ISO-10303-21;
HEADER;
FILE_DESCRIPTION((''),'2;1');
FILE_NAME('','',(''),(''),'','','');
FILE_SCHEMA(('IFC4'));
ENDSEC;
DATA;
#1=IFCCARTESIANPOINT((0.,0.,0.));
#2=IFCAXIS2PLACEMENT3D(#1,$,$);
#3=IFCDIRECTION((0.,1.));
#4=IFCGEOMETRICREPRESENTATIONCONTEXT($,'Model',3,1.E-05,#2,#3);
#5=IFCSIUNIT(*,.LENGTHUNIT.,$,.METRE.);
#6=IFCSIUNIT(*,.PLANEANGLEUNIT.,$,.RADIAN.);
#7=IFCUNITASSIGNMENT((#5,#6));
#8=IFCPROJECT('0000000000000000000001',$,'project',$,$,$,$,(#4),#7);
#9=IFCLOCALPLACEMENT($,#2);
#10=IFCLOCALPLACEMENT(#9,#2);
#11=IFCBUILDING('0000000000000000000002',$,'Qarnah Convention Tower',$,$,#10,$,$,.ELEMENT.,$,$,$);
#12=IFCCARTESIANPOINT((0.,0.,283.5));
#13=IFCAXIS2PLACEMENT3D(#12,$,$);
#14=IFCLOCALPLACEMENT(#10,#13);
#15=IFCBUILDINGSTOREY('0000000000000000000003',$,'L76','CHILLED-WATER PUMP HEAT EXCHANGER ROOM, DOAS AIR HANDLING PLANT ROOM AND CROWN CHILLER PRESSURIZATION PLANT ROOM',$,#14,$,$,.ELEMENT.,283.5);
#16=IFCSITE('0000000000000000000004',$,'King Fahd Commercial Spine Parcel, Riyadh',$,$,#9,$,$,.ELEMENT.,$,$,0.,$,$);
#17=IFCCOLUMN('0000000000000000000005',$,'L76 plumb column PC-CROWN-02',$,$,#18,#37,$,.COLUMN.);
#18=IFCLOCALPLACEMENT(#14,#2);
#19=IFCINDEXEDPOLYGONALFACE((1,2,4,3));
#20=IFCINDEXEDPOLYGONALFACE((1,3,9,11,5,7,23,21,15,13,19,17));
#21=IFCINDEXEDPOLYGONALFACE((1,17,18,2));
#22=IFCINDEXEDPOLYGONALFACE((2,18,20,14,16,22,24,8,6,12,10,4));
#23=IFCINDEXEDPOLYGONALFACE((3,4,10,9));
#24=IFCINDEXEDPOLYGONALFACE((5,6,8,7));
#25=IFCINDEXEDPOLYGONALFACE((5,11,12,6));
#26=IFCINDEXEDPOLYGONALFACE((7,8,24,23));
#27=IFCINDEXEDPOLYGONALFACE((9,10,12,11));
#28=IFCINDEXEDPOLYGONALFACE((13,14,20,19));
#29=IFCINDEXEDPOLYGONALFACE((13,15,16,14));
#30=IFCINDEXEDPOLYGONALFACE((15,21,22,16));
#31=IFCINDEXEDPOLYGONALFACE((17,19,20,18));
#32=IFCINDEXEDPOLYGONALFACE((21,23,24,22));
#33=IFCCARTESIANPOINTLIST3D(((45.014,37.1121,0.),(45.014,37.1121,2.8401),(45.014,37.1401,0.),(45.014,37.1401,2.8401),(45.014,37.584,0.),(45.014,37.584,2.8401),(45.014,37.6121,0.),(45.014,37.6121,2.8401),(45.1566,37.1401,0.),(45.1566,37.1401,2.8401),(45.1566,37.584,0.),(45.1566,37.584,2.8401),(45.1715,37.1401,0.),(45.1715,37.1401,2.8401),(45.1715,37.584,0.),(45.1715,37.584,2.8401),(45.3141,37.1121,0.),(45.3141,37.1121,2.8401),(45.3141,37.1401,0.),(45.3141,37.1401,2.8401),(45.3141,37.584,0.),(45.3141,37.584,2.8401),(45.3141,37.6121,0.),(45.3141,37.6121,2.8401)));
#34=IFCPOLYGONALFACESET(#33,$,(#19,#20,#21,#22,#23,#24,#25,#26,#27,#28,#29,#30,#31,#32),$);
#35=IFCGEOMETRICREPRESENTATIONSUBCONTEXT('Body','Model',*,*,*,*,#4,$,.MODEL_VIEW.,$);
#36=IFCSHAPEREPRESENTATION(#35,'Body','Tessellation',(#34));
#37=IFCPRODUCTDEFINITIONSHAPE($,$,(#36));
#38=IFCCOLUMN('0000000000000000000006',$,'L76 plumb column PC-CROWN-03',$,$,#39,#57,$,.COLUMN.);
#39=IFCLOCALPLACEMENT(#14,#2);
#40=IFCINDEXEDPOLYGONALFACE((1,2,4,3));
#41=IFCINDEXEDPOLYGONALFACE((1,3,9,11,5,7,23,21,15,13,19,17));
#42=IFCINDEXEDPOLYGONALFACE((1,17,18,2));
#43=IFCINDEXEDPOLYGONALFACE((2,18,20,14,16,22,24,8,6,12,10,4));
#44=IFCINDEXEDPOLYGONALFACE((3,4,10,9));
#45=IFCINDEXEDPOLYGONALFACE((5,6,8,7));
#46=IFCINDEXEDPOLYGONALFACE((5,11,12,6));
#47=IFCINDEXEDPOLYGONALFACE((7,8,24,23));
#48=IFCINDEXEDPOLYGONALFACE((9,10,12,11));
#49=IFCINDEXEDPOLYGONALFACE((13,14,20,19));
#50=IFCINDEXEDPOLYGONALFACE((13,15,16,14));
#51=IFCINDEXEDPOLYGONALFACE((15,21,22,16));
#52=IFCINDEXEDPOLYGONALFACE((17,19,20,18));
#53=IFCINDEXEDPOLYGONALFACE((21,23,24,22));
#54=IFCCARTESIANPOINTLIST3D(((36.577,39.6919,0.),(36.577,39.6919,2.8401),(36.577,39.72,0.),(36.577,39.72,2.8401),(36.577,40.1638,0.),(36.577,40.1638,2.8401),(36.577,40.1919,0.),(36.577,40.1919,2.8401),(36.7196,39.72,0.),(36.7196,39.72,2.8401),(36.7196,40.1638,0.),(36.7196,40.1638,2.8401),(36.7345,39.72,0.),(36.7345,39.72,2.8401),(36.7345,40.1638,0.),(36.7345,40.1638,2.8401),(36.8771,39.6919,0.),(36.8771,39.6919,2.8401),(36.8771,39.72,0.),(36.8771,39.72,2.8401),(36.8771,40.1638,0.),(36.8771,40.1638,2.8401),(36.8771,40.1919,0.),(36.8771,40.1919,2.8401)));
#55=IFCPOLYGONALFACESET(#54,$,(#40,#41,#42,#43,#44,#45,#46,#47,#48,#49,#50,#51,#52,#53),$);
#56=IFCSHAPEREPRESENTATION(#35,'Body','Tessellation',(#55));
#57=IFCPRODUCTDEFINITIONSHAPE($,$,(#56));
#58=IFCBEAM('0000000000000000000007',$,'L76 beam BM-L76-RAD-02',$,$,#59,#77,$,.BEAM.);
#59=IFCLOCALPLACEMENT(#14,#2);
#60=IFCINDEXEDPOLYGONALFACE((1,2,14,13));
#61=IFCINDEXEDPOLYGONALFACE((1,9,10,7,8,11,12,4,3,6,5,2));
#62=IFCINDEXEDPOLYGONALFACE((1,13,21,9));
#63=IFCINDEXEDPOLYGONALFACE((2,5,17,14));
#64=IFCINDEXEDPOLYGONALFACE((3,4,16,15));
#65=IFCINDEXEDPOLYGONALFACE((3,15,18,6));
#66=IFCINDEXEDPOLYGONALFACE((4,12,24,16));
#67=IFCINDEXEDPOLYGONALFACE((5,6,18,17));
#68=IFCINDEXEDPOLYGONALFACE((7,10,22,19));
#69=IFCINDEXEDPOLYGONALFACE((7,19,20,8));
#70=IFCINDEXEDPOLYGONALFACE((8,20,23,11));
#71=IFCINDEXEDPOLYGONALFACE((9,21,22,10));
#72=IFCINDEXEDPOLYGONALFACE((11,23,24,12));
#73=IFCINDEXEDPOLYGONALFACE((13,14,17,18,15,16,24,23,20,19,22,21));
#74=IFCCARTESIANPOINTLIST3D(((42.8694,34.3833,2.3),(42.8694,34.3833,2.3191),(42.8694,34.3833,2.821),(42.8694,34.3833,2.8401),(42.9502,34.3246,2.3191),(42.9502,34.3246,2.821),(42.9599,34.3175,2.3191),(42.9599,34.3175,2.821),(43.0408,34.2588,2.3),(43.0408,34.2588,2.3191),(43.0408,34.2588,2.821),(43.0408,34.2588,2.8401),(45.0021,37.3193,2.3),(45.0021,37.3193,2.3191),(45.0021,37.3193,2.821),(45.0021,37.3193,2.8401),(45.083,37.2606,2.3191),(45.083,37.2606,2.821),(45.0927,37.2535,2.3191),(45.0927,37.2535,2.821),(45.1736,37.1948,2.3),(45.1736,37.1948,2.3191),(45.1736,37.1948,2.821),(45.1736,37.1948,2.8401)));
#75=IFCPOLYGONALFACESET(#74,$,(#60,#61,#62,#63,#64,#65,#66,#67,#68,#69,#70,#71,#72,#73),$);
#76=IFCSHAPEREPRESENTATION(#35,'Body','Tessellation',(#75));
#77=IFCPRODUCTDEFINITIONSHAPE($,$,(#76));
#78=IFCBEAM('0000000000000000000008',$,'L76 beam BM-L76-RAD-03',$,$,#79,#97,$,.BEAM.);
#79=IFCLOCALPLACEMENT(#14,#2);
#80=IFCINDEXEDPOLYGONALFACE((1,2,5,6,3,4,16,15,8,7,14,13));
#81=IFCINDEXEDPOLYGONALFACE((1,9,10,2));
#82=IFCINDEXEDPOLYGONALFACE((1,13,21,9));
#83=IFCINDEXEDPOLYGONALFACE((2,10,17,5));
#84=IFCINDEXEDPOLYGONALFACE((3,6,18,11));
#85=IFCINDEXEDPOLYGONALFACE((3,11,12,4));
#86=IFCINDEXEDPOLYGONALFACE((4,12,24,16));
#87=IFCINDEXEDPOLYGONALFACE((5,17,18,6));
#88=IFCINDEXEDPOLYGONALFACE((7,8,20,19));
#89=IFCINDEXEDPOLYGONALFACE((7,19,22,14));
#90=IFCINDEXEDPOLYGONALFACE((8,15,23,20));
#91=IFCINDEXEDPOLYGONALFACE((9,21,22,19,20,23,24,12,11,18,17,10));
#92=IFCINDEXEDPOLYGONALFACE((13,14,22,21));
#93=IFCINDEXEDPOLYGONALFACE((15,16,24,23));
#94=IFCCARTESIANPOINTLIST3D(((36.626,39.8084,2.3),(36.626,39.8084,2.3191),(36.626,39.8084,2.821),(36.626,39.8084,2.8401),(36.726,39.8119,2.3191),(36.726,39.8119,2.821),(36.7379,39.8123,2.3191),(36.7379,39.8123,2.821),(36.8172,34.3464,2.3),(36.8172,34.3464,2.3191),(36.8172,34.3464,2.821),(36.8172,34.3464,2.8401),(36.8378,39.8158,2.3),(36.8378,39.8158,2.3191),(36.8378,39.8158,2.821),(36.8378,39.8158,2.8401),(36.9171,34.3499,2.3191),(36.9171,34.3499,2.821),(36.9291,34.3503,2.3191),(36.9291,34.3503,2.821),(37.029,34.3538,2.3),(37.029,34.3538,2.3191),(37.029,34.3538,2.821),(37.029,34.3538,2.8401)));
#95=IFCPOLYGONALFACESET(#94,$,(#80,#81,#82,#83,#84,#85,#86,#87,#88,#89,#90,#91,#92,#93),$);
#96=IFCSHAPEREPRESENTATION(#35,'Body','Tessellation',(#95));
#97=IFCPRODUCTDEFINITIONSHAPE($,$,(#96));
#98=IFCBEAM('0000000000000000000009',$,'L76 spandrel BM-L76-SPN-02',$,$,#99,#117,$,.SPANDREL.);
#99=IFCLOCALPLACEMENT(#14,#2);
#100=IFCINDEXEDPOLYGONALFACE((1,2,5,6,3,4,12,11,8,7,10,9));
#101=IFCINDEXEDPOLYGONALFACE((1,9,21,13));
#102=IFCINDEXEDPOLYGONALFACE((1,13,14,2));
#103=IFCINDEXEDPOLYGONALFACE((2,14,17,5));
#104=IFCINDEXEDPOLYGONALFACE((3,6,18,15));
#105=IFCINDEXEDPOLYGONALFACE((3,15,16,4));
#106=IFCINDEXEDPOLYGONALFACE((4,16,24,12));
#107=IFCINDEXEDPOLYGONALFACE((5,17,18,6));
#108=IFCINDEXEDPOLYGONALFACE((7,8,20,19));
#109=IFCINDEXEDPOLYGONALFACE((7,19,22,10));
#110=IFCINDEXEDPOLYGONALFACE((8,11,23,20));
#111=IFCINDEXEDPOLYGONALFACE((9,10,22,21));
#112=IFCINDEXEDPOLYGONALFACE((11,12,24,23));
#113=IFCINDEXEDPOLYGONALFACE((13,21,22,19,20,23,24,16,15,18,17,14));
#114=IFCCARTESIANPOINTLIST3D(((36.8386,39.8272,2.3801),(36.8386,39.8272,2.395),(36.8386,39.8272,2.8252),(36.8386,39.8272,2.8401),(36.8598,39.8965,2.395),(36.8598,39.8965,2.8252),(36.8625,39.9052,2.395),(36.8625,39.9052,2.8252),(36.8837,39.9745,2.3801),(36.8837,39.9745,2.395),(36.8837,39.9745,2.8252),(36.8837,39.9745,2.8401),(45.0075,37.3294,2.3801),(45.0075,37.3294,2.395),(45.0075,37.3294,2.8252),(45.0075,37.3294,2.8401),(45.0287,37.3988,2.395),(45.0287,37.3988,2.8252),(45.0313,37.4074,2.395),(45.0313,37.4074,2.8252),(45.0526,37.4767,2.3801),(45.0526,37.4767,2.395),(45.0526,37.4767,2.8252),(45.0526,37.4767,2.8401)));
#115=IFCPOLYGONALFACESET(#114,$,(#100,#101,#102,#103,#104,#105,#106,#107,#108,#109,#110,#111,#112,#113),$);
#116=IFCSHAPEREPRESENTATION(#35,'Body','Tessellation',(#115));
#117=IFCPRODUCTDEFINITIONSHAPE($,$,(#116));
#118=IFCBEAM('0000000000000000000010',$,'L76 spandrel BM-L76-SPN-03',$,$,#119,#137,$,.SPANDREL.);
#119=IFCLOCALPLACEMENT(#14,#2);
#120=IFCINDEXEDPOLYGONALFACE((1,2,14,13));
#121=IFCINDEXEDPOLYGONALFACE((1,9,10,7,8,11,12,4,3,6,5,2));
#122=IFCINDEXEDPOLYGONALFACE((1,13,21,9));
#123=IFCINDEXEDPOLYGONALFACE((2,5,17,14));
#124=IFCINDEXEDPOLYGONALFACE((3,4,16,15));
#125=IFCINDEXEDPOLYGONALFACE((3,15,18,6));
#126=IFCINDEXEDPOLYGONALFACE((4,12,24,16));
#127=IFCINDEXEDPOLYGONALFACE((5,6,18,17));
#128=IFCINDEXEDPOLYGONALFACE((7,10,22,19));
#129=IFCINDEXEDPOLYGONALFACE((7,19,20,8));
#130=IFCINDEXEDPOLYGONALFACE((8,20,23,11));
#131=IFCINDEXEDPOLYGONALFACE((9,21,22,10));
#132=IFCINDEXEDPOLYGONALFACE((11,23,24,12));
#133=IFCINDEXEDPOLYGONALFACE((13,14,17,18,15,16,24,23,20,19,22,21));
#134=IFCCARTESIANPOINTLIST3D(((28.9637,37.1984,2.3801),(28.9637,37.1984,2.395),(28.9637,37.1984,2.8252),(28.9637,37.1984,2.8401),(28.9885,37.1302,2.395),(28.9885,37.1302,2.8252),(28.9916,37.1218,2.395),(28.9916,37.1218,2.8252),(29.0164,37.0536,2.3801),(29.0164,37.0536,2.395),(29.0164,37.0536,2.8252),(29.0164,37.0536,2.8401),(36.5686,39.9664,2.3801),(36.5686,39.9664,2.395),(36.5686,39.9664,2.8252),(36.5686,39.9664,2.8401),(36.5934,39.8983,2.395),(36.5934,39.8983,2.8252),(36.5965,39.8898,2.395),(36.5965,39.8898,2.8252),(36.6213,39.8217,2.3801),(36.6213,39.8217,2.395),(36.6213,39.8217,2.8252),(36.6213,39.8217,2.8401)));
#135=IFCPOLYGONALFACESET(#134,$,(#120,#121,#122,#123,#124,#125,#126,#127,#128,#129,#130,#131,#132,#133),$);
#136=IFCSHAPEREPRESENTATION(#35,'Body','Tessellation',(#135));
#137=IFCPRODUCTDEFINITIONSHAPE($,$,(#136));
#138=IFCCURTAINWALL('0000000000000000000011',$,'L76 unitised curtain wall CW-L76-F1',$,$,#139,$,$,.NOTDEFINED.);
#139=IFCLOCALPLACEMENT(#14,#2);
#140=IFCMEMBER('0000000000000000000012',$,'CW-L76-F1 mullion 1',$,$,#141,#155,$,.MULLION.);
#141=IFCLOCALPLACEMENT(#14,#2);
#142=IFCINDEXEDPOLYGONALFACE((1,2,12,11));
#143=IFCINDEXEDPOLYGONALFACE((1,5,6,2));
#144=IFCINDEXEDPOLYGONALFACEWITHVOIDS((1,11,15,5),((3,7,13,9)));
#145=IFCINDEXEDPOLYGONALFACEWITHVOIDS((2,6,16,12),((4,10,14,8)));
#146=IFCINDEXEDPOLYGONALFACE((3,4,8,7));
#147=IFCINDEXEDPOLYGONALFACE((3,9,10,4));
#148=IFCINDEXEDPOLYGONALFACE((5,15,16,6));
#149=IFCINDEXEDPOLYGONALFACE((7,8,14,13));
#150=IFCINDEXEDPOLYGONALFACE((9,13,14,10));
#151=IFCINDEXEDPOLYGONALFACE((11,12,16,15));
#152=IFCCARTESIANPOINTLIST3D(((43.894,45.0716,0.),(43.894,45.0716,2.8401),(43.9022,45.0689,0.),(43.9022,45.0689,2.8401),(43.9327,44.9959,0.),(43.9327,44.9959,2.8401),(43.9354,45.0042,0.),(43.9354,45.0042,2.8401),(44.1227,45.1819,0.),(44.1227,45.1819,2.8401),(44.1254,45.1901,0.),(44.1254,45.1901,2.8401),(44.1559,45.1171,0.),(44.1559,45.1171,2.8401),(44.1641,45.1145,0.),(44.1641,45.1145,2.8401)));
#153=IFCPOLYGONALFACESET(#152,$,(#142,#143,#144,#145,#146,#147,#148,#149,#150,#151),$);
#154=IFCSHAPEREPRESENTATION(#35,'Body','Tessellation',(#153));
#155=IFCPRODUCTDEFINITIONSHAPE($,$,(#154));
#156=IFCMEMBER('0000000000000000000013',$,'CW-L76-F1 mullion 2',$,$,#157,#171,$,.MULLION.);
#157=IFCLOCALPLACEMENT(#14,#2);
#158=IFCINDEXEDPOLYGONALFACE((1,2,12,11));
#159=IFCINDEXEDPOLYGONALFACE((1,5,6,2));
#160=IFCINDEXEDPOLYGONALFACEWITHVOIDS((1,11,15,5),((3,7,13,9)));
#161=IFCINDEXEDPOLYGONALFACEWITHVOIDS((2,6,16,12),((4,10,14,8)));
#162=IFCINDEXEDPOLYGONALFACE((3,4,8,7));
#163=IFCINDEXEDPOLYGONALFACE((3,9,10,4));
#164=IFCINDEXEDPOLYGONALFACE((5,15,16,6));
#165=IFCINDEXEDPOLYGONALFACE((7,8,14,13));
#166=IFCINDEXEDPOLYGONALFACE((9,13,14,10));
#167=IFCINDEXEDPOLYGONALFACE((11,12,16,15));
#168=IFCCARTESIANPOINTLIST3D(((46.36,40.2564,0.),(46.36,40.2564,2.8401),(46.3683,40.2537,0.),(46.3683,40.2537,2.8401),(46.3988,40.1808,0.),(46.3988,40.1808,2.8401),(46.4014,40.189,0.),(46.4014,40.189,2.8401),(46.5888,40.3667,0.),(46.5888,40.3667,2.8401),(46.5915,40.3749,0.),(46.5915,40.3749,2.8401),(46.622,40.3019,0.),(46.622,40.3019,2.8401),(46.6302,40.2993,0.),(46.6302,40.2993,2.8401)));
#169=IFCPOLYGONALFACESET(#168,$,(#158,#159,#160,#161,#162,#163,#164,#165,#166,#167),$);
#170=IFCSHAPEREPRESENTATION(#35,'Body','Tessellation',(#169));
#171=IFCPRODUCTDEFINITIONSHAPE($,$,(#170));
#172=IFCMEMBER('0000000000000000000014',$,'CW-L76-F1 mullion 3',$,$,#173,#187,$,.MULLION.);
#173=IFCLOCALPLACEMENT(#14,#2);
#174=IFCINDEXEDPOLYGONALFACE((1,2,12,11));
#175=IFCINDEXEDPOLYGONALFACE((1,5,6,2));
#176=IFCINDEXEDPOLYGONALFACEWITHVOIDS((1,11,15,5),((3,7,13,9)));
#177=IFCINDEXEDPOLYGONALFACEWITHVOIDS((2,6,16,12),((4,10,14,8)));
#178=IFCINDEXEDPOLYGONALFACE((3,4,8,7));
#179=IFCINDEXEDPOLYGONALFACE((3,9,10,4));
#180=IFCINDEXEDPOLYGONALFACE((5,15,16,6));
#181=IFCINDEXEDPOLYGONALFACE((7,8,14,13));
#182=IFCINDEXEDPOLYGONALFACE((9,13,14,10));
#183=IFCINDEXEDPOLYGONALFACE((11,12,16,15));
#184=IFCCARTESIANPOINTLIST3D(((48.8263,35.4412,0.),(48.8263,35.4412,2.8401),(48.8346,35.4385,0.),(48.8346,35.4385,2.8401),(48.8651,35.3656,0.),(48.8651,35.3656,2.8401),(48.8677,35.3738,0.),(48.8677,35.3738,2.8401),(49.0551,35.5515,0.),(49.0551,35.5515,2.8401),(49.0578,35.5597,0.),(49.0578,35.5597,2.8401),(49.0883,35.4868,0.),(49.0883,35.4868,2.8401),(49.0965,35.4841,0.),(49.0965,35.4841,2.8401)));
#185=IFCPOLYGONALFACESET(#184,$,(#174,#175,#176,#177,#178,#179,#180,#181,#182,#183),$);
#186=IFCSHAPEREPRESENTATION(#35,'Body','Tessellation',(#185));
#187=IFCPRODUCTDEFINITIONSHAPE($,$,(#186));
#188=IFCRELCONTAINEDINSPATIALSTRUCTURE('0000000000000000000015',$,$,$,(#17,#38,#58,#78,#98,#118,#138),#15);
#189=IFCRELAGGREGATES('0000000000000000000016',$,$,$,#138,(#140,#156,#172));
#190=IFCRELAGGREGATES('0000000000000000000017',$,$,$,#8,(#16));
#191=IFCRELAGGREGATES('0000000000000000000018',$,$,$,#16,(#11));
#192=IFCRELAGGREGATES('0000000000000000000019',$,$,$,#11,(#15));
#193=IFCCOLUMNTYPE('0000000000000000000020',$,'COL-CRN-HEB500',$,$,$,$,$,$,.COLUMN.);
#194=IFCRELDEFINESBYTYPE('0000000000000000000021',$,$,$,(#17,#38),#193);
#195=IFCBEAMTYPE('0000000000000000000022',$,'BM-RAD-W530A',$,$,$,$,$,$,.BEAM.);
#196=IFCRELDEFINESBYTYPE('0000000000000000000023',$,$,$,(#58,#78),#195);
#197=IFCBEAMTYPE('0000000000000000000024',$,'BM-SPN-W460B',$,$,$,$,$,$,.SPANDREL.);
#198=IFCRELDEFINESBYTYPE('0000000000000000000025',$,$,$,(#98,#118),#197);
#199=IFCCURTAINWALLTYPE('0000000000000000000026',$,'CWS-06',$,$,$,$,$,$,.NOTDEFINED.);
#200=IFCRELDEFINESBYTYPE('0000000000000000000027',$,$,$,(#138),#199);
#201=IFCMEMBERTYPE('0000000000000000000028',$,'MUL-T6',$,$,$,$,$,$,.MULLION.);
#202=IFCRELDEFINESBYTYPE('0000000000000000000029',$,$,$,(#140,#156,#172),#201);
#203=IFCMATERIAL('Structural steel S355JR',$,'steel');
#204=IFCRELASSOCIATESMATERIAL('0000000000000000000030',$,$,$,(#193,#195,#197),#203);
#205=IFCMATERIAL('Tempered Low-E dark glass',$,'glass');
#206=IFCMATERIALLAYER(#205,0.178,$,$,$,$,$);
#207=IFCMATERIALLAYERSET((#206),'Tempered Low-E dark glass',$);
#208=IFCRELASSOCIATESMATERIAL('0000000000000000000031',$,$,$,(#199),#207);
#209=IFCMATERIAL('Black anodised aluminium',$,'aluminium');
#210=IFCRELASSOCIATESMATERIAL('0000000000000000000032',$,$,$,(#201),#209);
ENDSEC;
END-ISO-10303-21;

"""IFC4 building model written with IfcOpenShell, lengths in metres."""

from ifc_helpers import new_model, si_unit, direction, frame, origin, origin_2d, place, context, subcontext, project, spatial, hollow_rectangle, i_section, extrude, material, layer, layer_set, material_profile, profile_set, type_object, element, aggregate, save


model = new_model("IFC4")

# Units and contexts
model_context = context("Model", 3, precision=1e-05, world=origin(), true_north=direction((0.0, 1.0)))
body_context = subcontext(model_context, "Body", "Model", "MODEL_VIEW")
ifc_project = project(units=[si_unit("LENGTHUNIT", "METRE"), si_unit("PLANEANGLEUNIT", "RADIAN")], contexts=[model_context])

# Site, building, storey
site_placement = place(None, origin())
site = spatial("IfcSite", under=ifc_project, at=site_placement, Name="King Fahd Commercial Spine Parcel, Riyadh", CompositionType="ELEMENT", RefElevation=0.0)
building_placement = place(site_placement, origin())
building = spatial("IfcBuilding", under=site, at=building_placement, Name="Qarnah Convention Tower", CompositionType="ELEMENT")
storey_placement = place(building_placement, frame((0.0, 0.0, 283.5)))
storey = spatial("IfcBuildingStorey", under=building, at=storey_placement, Name="L76", Description="CHILLED-WATER PUMP HEAT EXCHANGER ROOM, DOAS AIR HANDLING PLANT ROOM AND CROWN CHILLER PRESSURIZATION PLANT ROOM", CompositionType="ELEMENT", Elevation=283.5)

# Columns
ifc_material_1 = material(Name="Structural steel S355JR", Category="steel")
ifc_material_profile_1 = material_profile(ifc_material_1, i_section(OverallWidth=0.3, OverallDepth=0.5, WebThickness=0.0149, FlangeThickness=0.0281, at=origin_2d()), Name="HEB500")
ifc_profile_set_1 = profile_set([ifc_material_profile_1], Name="Structural steel S355JR")
column_type = type_object("IfcColumnType", Name="COL-CRN-HEB500", PredefinedType="COLUMN", material=ifc_profile_set_1)
for number, where, z_axis, x_axis, name in (
    (1, (45.1641, 37.3621, 0.0), (0.0, 0.0, 1.0), (1.0, 0.0, 0.0), "L76 plumb column PC-CROWN-02"),
    (2, (36.7271, 39.9419, 0.0), (0.0, 0.0, 1.0), (1.0, 0.0, 0.0), "L76 plumb column PC-CROWN-03"),
):
    element("IfcColumn", number, at=place(storey_placement, frame(where, z_axis=z_axis, x_axis=x_axis)), inside=storey, type_object=column_type, Name=name, PredefinedType="COLUMN", context=body_context, shape_type="SweptSolid", body=[
        extrude(i_section(OverallWidth=0.3, OverallDepth=0.5, WebThickness=0.0149, FlangeThickness=0.0281, at=origin_2d()), origin(), (0.0, 0.0, 1.0), 2.8401),
    ])

# Beams
ifc_material_profile_2 = material_profile(ifc_material_1, i_section(OverallWidth=0.2119, OverallDepth=0.54, WebThickness=0.012, FlangeThickness=0.019, at=origin_2d()), Name="W530X109")
ifc_profile_set_2 = profile_set([ifc_material_profile_2], Name="Structural steel S355JR")
beam_type_1 = type_object("IfcBeamType", Name="BM-RAD-W530A", PredefinedType="BEAM", material=ifc_profile_set_2)
beam_1_placement = place(storey_placement, frame((42.9551, 34.321, 2.5701), z_axis=(0.587724, 0.809062, 0.0), x_axis=(-0.809062, 0.587724, 0.0)))
element("IfcBeam", 3, at=beam_1_placement, inside=storey, type_object=beam_type_1, Name="L76 beam BM-L76-RAD-02", PredefinedType="BEAM", context=body_context, shape_type="SweptSolid", body=[
    extrude(i_section(OverallWidth=0.2119, OverallDepth=0.54, WebThickness=0.012, FlangeThickness=0.019, at=origin_2d()), origin(), (0.0, 0.0, 1.0), 3.6289),
])
beam_2_placement = place(storey_placement, frame((36.9231, 34.3501, 2.5701), z_axis=(-0.034978, 0.999388, 0.0), x_axis=(-0.999388, -0.034978, 0.0)))
element("IfcBeam", 4, at=beam_2_placement, inside=storey, type_object=beam_type_1, Name="L76 beam BM-L76-RAD-03", PredefinedType="BEAM", context=body_context, shape_type="SweptSolid", body=[
    extrude(i_section(OverallWidth=0.2119, OverallDepth=0.54, WebThickness=0.012, FlangeThickness=0.019, at=origin_2d()), origin(), (0.0, 0.0, 1.0), 5.4653),
])
ifc_material_profile_3 = material_profile(ifc_material_1, i_section(OverallWidth=0.1541, OverallDepth=0.46, WebThickness=0.009, FlangeThickness=0.0149, at=origin_2d()), Name="W460X68")
ifc_profile_set_3 = profile_set([ifc_material_profile_3], Name="Structural steel S355JR")
beam_type_2 = type_object("IfcBeamType", Name="BM-SPN-W460B", PredefinedType="SPANDREL", material=ifc_profile_set_3)
beam_3_placement = place(storey_placement, frame((45.03, 37.4031, 2.6101), z_axis=(-0.956295, 0.292404, 0.0), x_axis=(-0.292404, -0.956295, 0.0)))
element("IfcBeam", 5, at=beam_3_placement, inside=storey, type_object=beam_type_2, Name="L76 spandrel BM-L76-SPN-02", PredefinedType="SPANDREL", context=body_context, shape_type="SweptSolid", body=[
    extrude(i_section(OverallWidth=0.1541, OverallDepth=0.46, WebThickness=0.009, FlangeThickness=0.0149, at=origin_2d()), origin(), (0.0, 0.0, 1.0), 8.5422),
])
beam_4_placement = place(storey_placement, frame((36.595, 39.894, 2.6101), z_axis=(-0.939689, -0.342029, 0.0), x_axis=(0.342029, -0.939689, 0.0)))
element("IfcBeam", 6, at=beam_4_placement, inside=storey, type_object=beam_type_2, Name="L76 spandrel BM-L76-SPN-03", PredefinedType="SPANDREL", context=body_context, shape_type="SweptSolid", body=[
    extrude(i_section(OverallWidth=0.1541, OverallDepth=0.46, WebThickness=0.009, FlangeThickness=0.0149, at=origin_2d()), origin(), (0.0, 0.0, 1.0), 8.093),
])

# Curtain wall, members
ifc_material_2 = material(Name="Tempered Low-E dark glass", Category="glass")
ifc_layer_1 = layer(ifc_material_2, 0.178)
ifc_layer_set_1 = layer_set([ifc_layer_1], Name="Tempered Low-E dark glass")
curtain_wall_type = type_object("IfcCurtainWallType", Name="CWS-06", PredefinedType="NOTDEFINED", material=ifc_layer_set_1)
curtain_wall_placement = place(storey_placement, origin())
curtain_wall = element("IfcCurtainWall", 7, at=curtain_wall_placement, inside=storey, type_object=curtain_wall_type, Name="L76 unitised curtain wall CW-L76-F1", PredefinedType="NOTDEFINED")
ifc_material_3 = material(Name="Black anodised aluminium", Category="aluminium")
ifc_material_profile_4 = material_profile(ifc_material_3, hollow_rectangle(XDim=0.085, YDim=0.26, WallThickness=0.0061, at=origin_2d()), Name="MUL-85X260")
ifc_profile_set_4 = profile_set([ifc_material_profile_4], Name="Black anodised aluminium")
member_type_1 = type_object("IfcMemberType", Name="MUL-T6", PredefinedType="MULLION", material=ifc_profile_set_4)
member_1_placement = place(storey_placement, frame((44.0291, 45.093, 0.0), z_axis=(0.0, 0.0, 1.0), x_axis=(0.455858, -0.890053, 0.0)))
member_1 = element("IfcMember", 8, at=member_1_placement, type_object=member_type_1, Name="CW-L76-F1 mullion 1", PredefinedType="MULLION", context=body_context, shape_type="SweptSolid", body=[
    extrude(hollow_rectangle(XDim=0.085, YDim=0.26, WallThickness=0.0061, at=origin_2d()), origin(), (0.0, 0.0, 1.0), 2.8401),
])
member_2_placement = place(storey_placement, frame((46.4951, 40.2778, 0.0), z_axis=(0.0, 0.0, 1.0), x_axis=(0.455858, -0.890053, 0.0)))
member_2 = element("IfcMember", 9, at=member_2_placement, type_object=member_type_1, Name="CW-L76-F1 mullion 2", PredefinedType="MULLION", context=body_context, shape_type="SweptSolid", body=[
    extrude(hollow_rectangle(XDim=0.085, YDim=0.26, WallThickness=0.0061, at=origin_2d()), origin(), (0.0, 0.0, 1.0), 2.8401),
])
member_3_placement = place(storey_placement, frame((48.9614, 35.4626, 0.0), z_axis=(0.0, 0.0, 1.0), x_axis=(0.455858, -0.890053, 0.0)))
member_3 = element("IfcMember", 10, at=member_3_placement, type_object=member_type_1, Name="CW-L76-F1 mullion 3", PredefinedType="MULLION", context=body_context, shape_type="SweptSolid", body=[
    extrude(hollow_rectangle(XDim=0.085, YDim=0.26, WallThickness=0.0061, at=origin_2d()), origin(), (0.0, 0.0, 1.0), 2.8401),
])
aggregate(curtain_wall, [member_1, member_2, member_3])

save(model, "model.ifc")
